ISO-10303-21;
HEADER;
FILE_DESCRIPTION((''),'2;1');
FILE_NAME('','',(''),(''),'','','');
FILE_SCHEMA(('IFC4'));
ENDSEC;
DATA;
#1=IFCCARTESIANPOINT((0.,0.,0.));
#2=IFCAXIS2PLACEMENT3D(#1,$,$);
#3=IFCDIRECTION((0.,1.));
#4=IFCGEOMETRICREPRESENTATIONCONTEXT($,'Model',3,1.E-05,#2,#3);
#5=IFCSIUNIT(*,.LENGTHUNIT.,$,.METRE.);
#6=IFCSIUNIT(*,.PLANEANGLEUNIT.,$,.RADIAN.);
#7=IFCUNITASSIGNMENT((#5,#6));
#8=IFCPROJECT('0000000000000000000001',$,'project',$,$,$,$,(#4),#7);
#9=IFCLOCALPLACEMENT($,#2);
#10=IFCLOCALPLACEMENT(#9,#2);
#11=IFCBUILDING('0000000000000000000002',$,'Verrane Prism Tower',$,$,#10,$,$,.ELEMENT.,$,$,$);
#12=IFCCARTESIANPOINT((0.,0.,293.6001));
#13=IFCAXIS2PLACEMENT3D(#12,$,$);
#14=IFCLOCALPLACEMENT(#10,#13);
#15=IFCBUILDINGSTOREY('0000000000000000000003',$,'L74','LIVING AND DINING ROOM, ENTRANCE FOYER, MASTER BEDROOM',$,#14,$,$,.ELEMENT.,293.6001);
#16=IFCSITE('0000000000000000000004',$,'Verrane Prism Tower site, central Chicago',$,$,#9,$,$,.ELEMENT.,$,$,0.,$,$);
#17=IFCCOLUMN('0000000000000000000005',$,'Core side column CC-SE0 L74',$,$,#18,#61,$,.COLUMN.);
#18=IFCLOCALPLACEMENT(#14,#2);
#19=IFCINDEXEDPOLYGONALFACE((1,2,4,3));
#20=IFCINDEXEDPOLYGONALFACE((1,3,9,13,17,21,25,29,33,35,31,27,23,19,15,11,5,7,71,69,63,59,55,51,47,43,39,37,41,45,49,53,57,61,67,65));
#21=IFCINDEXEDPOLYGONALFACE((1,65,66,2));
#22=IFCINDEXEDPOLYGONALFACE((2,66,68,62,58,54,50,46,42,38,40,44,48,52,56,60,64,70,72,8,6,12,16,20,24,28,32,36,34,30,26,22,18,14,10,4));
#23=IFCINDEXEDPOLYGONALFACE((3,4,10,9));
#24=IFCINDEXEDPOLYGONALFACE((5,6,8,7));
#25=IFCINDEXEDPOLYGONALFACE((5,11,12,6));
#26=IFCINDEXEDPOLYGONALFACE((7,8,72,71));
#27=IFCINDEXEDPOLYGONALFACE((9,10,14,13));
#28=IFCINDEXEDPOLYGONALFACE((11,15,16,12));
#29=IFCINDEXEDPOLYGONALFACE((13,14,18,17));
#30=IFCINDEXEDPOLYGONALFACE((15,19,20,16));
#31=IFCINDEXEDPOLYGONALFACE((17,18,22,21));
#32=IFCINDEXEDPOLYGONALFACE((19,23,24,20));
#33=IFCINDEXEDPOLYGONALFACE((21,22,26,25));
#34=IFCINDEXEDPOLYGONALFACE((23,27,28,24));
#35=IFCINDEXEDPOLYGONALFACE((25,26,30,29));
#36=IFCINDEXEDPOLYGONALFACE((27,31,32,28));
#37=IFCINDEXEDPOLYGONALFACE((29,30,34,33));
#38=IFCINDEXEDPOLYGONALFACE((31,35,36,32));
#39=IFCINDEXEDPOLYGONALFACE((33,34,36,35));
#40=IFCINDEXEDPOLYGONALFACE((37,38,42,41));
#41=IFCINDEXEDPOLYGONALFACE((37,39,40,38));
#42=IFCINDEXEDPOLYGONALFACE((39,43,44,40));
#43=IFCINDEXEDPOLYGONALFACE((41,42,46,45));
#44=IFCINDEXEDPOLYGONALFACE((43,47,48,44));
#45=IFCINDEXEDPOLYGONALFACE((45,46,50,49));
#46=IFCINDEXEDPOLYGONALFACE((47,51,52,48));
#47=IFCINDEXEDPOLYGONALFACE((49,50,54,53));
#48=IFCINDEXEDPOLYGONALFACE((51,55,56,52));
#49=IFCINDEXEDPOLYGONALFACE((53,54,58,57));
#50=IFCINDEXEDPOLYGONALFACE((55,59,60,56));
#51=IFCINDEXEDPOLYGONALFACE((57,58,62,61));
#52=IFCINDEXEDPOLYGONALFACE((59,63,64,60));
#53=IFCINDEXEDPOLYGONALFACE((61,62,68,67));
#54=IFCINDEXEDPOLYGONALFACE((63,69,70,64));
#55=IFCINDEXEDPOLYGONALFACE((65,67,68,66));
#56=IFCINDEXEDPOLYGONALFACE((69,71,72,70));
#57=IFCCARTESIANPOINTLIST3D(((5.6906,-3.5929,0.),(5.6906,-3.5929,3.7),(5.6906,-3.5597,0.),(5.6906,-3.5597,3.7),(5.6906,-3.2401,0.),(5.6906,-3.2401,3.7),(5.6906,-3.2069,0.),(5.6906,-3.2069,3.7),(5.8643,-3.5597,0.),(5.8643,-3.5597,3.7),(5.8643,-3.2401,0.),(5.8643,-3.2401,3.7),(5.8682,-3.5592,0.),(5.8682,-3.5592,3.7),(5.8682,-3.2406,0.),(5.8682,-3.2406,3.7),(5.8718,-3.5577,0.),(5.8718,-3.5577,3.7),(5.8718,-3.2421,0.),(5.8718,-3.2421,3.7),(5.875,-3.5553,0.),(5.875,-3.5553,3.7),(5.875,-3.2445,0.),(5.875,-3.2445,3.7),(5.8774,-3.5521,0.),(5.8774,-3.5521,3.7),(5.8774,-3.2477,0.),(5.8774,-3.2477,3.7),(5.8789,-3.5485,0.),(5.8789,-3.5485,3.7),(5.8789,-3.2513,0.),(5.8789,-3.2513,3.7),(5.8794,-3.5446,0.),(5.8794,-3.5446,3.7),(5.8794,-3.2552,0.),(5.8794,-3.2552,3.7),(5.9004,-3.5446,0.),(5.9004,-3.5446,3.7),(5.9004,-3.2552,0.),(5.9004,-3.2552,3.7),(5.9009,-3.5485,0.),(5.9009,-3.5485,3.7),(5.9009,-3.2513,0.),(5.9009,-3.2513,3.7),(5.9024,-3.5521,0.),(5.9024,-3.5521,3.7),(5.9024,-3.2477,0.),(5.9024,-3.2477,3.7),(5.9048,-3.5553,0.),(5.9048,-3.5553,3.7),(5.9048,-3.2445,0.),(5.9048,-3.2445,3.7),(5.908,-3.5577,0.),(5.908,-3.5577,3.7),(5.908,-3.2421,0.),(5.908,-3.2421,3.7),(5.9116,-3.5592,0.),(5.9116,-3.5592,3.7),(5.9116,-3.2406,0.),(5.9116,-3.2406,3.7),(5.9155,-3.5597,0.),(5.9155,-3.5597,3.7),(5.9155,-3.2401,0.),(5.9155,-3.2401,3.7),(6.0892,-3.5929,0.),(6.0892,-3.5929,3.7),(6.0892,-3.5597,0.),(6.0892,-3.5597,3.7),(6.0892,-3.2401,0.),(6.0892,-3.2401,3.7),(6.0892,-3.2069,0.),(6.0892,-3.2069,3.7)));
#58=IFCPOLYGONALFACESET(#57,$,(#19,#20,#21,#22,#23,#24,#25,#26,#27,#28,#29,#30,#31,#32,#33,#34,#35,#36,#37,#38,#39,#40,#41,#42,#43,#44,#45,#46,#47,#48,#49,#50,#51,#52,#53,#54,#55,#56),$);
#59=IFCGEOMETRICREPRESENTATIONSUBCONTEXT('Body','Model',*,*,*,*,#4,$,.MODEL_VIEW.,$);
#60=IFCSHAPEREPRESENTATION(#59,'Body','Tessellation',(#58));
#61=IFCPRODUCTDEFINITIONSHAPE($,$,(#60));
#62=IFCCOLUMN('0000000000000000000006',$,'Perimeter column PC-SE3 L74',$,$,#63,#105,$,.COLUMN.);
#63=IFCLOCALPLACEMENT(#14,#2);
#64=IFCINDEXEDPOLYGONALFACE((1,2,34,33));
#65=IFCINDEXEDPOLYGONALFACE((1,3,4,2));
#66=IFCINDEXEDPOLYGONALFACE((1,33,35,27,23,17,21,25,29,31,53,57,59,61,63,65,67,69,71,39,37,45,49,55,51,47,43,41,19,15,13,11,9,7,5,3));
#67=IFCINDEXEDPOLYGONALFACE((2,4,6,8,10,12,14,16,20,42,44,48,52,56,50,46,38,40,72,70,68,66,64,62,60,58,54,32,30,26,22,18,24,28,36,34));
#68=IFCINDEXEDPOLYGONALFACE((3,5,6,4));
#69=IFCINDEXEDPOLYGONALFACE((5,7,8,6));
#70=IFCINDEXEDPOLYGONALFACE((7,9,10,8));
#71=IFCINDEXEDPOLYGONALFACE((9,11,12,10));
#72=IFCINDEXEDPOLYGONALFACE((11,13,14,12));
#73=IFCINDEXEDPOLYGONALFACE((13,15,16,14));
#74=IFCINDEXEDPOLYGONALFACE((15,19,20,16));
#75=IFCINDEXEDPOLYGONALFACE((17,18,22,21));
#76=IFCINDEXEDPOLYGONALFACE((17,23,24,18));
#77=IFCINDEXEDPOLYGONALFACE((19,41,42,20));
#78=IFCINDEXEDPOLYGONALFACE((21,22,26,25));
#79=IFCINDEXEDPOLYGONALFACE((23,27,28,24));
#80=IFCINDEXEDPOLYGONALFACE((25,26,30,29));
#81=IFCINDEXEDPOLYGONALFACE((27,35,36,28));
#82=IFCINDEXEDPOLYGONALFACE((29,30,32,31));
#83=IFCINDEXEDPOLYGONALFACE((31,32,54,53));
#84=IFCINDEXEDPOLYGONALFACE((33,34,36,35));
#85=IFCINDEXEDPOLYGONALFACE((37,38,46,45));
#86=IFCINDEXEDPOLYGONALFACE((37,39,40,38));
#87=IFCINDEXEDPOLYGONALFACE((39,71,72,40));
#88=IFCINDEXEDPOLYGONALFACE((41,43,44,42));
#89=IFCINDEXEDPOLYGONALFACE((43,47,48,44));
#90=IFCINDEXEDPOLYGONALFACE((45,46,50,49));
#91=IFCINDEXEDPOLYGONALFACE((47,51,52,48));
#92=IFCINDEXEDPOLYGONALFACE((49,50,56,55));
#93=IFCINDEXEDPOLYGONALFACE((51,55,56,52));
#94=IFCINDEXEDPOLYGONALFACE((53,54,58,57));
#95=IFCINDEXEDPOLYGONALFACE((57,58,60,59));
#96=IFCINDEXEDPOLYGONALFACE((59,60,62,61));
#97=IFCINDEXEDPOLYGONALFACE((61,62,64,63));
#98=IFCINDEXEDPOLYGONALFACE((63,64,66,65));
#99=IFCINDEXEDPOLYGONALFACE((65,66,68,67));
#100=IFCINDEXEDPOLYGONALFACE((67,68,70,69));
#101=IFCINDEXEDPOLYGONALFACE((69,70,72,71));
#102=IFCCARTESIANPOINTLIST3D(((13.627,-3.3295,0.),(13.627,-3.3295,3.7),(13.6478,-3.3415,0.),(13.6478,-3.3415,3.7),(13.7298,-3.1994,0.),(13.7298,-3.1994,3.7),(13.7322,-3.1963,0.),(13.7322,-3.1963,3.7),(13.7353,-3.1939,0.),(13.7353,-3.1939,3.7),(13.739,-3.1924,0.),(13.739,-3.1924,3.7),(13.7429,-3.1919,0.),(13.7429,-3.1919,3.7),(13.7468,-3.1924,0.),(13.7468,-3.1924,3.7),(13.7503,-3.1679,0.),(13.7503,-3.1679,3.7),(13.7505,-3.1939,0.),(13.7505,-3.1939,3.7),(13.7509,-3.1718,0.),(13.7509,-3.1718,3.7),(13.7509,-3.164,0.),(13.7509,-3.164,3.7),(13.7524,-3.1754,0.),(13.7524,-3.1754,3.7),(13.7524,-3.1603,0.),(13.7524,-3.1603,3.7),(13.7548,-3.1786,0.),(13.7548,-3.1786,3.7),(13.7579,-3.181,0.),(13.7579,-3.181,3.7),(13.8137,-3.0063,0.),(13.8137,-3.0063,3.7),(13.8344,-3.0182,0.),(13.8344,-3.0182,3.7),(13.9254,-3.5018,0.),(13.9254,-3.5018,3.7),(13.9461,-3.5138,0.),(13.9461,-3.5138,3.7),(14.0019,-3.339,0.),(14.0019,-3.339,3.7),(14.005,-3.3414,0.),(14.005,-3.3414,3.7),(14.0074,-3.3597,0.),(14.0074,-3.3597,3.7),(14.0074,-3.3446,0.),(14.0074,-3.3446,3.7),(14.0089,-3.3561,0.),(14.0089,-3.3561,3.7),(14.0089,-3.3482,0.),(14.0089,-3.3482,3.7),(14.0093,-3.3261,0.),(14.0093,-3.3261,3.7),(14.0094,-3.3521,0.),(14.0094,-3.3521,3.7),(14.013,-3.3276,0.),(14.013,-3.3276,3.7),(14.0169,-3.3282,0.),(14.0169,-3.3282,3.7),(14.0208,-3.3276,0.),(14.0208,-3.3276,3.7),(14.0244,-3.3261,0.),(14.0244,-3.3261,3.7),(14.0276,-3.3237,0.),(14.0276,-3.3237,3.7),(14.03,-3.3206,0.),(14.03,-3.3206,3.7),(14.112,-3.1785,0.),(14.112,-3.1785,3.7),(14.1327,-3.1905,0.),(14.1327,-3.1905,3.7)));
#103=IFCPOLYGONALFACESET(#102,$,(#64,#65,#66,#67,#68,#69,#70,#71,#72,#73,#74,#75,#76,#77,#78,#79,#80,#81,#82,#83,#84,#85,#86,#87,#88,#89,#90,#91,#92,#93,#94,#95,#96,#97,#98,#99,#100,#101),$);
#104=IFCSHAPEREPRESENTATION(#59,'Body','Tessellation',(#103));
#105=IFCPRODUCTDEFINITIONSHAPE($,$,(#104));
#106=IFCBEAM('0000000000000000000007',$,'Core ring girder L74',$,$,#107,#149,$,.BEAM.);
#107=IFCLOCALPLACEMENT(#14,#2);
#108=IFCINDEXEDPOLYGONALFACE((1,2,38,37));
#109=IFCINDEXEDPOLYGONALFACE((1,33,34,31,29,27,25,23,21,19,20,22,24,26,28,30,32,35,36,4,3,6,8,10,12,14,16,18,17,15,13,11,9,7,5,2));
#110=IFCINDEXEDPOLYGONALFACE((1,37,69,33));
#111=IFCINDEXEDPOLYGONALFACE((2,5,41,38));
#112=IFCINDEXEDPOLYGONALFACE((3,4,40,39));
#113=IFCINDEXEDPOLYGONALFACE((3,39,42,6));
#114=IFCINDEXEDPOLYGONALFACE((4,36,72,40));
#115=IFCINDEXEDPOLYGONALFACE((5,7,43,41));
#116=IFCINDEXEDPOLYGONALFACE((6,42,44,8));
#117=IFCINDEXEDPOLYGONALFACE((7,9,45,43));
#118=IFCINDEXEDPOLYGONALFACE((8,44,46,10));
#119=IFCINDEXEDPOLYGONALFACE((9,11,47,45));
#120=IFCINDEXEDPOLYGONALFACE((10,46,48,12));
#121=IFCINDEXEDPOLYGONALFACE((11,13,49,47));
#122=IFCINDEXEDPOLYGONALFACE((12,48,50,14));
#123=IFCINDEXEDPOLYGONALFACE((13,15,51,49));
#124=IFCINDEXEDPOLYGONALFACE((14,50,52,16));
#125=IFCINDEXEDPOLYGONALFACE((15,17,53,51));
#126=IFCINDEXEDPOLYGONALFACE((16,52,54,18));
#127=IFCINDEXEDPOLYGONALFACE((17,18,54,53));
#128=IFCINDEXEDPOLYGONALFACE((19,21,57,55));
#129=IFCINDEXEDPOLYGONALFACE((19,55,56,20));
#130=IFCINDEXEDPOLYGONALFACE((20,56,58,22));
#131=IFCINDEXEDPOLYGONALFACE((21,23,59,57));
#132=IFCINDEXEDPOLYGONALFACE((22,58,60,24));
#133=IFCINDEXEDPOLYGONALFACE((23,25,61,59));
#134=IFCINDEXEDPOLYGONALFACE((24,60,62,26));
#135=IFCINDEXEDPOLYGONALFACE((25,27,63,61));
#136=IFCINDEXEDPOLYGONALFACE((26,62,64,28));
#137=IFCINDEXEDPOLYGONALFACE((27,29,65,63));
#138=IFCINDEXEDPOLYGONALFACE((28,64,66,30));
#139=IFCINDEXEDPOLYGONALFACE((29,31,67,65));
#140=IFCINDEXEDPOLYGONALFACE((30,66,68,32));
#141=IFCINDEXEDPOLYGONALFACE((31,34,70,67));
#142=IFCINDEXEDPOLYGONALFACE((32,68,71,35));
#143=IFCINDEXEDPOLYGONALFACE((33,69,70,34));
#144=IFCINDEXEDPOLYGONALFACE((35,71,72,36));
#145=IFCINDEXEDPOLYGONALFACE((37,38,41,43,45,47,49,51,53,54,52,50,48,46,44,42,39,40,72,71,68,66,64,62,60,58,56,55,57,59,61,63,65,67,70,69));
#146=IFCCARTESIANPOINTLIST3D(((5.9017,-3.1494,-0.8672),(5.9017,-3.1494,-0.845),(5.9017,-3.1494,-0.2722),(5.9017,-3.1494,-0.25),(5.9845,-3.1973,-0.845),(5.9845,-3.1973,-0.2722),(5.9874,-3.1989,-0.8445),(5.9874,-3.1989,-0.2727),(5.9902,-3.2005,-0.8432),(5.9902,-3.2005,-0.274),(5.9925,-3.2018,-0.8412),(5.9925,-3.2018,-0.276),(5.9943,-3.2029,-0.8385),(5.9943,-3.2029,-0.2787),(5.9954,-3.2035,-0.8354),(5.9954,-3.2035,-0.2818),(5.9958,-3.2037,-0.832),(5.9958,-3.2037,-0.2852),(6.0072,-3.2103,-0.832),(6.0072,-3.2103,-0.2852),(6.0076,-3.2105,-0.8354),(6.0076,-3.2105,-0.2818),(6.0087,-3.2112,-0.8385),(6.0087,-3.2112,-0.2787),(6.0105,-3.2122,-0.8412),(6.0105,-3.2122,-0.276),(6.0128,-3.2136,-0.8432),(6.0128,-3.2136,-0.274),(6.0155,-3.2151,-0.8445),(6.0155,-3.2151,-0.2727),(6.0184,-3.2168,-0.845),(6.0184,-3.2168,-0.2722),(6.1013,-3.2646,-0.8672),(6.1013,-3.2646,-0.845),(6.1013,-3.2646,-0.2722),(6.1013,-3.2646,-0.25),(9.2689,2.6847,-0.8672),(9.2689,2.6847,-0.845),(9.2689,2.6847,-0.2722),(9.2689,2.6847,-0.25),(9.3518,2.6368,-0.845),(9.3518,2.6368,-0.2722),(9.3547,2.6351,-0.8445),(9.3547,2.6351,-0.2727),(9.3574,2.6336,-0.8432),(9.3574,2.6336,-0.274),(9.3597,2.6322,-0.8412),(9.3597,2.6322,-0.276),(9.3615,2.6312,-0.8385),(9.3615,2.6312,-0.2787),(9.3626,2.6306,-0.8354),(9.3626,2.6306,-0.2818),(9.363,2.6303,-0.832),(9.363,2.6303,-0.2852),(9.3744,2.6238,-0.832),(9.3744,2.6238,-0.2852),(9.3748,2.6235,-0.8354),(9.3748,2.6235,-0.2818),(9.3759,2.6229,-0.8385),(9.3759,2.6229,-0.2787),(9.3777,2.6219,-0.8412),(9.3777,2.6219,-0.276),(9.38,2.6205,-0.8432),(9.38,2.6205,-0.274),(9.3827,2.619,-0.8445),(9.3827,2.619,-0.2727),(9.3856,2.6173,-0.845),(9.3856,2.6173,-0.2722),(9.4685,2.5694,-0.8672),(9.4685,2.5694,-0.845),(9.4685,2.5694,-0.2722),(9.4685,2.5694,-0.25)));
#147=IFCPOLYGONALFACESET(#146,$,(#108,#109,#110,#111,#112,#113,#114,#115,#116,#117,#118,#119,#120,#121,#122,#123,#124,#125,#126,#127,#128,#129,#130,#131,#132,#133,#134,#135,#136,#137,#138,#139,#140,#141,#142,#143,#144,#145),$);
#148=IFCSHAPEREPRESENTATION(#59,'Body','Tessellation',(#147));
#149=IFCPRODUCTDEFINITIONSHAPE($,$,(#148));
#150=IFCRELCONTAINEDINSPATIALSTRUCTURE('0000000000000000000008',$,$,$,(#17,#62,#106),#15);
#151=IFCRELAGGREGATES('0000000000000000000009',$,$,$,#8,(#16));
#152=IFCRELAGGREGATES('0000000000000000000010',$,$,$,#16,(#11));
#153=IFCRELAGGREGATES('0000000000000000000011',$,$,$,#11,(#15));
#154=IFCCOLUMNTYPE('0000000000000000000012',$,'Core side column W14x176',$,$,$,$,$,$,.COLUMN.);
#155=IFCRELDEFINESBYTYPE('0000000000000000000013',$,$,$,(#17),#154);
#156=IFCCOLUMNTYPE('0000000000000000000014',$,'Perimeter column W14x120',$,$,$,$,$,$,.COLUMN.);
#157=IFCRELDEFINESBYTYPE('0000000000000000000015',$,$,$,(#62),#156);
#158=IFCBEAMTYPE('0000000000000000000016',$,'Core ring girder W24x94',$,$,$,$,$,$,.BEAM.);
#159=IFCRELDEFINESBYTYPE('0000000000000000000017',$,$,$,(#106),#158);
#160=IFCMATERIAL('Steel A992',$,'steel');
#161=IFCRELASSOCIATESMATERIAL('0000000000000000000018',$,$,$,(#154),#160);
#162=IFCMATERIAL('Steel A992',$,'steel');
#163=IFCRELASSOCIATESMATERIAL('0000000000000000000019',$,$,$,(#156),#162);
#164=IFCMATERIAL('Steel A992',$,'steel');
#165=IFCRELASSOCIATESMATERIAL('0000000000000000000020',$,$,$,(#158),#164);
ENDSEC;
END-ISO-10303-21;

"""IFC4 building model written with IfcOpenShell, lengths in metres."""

from ifc_helpers import new_model, si_unit, direction, frame, origin, origin_2d, place, context, subcontext, project, spatial, i_section, extrude, material, material_profile, profile_set, type_object, element, save


model = new_model("IFC4")

# Units and contexts
model_context = context("Model", 3, precision=1e-05, world=origin(), true_north=direction((0.0, 1.0)))
body_context = subcontext(model_context, "Body", "Model", "MODEL_VIEW")
ifc_project = project(units=[si_unit("LENGTHUNIT", "METRE"), si_unit("PLANEANGLEUNIT", "RADIAN")], contexts=[model_context])

# Site, building, storey
site_placement = place(None, origin())
site = spatial("IfcSite", under=ifc_project, at=site_placement, Name="Verrane Prism Tower site, central Chicago", CompositionType="ELEMENT", RefElevation=0.0)
building_placement = place(site_placement, origin())
building = spatial("IfcBuilding", under=site, at=building_placement, Name="Verrane Prism Tower", CompositionType="ELEMENT")
storey_placement = place(building_placement, frame((0.0, 0.0, 293.6001)))
storey = spatial("IfcBuildingStorey", under=building, at=storey_placement, Name="L74", Description="LIVING AND DINING ROOM, ENTRANCE FOYER, MASTER BEDROOM", CompositionType="ELEMENT", Elevation=293.6001)

# Columns
ifc_material_1 = material(Name="Steel A992", Category="steel")
ifc_material_profile_1 = material_profile(ifc_material_1, i_section(OverallWidth=0.3987, OverallDepth=0.386, WebThickness=0.021, FlangeThickness=0.0332, FilletRadius=0.0151, at=origin_2d()), Name="W14x176")
ifc_profile_set_1 = profile_set([ifc_material_profile_1], Name="Steel A992")
column_type_1 = type_object("IfcColumnType", Name="Core side column W14x176", PredefinedType="COLUMN", material=ifc_profile_set_1)
column_1_placement = place(storey_placement, frame((5.8899, -3.3999, 0.0), z_axis=(0.0, 0.0, 1.0), x_axis=(1.0, 0.0, 0.0)))
element("IfcColumn", 1, at=column_1_placement, inside=storey, type_object=column_type_1, Name="Core side column CC-SE0 L74", PredefinedType="COLUMN", context=body_context, shape_type="SweptSolid", body=[
    extrude(i_section(OverallWidth=0.3987, OverallDepth=0.386, WebThickness=0.021, FlangeThickness=0.0332, FilletRadius=0.0151, at=origin_2d()), origin(), (0.0, 0.0, 1.0), 3.7),
])
ifc_material_2 = material(Name="Steel A992", Category="steel")
ifc_material_profile_2 = material_profile(ifc_material_2, i_section(OverallWidth=0.3733, OverallDepth=0.3684, WebThickness=0.0149, FlangeThickness=0.0239, FilletRadius=0.0151, at=origin_2d()), Name="W14x120")
ifc_profile_set_2 = profile_set([ifc_material_profile_2], Name="Steel A992")
column_type_2 = type_object("IfcColumnType", Name="Perimeter column W14x120", PredefinedType="COLUMN", material=ifc_profile_set_2)
column_2_placement = place(storey_placement, frame((13.8799, -3.26, 0.0), z_axis=(0.0, 0.0, 1.0), x_axis=(-0.5, -0.866025, 0.0)))
element("IfcColumn", 2, at=column_2_placement, inside=storey, type_object=column_type_2, Name="Perimeter column PC-SE3 L74", PredefinedType="COLUMN", context=body_context, shape_type="SweptSolid", body=[
    extrude(i_section(OverallWidth=0.3733, OverallDepth=0.3684, WebThickness=0.0149, FlangeThickness=0.0239, FilletRadius=0.0151, at=origin_2d()), origin(), (0.0, 0.0, 1.0), 3.7),
])

# Beam
ifc_material_3 = material(Name="Steel A992", Category="steel")
ifc_material_profile_3 = material_profile(ifc_material_3, i_section(OverallWidth=0.2305, OverallDepth=0.6172, WebThickness=0.0132, FlangeThickness=0.0222, FilletRadius=0.0129, at=origin_2d()), Name="W24x94")
ifc_profile_set_3 = profile_set([ifc_material_profile_3], Name="Steel A992")
beam_type_1 = type_object("IfcBeamType", Name="Core ring girder W24x94", PredefinedType="BEAM", material=ifc_profile_set_3)
beam_1_placement = place(storey_placement, frame((6.0015, -3.207, -0.5586), z_axis=(0.499881, 0.866094, 0.0), x_axis=(-0.866094, 0.499881, 0.0)))
element("IfcBeam", 3, at=beam_1_placement, inside=storey, type_object=beam_type_1, Name="Core ring girder L74", PredefinedType="BEAM", context=body_context, shape_type="SweptSolid", body=[
    extrude(i_section(OverallWidth=0.2305, OverallDepth=0.6172, WebThickness=0.0132, FlangeThickness=0.0222, FilletRadius=0.0129, at=origin_2d()), origin(), (0.0, 0.0, 1.0), 6.7361),
])

save(model, "model.ifc")
